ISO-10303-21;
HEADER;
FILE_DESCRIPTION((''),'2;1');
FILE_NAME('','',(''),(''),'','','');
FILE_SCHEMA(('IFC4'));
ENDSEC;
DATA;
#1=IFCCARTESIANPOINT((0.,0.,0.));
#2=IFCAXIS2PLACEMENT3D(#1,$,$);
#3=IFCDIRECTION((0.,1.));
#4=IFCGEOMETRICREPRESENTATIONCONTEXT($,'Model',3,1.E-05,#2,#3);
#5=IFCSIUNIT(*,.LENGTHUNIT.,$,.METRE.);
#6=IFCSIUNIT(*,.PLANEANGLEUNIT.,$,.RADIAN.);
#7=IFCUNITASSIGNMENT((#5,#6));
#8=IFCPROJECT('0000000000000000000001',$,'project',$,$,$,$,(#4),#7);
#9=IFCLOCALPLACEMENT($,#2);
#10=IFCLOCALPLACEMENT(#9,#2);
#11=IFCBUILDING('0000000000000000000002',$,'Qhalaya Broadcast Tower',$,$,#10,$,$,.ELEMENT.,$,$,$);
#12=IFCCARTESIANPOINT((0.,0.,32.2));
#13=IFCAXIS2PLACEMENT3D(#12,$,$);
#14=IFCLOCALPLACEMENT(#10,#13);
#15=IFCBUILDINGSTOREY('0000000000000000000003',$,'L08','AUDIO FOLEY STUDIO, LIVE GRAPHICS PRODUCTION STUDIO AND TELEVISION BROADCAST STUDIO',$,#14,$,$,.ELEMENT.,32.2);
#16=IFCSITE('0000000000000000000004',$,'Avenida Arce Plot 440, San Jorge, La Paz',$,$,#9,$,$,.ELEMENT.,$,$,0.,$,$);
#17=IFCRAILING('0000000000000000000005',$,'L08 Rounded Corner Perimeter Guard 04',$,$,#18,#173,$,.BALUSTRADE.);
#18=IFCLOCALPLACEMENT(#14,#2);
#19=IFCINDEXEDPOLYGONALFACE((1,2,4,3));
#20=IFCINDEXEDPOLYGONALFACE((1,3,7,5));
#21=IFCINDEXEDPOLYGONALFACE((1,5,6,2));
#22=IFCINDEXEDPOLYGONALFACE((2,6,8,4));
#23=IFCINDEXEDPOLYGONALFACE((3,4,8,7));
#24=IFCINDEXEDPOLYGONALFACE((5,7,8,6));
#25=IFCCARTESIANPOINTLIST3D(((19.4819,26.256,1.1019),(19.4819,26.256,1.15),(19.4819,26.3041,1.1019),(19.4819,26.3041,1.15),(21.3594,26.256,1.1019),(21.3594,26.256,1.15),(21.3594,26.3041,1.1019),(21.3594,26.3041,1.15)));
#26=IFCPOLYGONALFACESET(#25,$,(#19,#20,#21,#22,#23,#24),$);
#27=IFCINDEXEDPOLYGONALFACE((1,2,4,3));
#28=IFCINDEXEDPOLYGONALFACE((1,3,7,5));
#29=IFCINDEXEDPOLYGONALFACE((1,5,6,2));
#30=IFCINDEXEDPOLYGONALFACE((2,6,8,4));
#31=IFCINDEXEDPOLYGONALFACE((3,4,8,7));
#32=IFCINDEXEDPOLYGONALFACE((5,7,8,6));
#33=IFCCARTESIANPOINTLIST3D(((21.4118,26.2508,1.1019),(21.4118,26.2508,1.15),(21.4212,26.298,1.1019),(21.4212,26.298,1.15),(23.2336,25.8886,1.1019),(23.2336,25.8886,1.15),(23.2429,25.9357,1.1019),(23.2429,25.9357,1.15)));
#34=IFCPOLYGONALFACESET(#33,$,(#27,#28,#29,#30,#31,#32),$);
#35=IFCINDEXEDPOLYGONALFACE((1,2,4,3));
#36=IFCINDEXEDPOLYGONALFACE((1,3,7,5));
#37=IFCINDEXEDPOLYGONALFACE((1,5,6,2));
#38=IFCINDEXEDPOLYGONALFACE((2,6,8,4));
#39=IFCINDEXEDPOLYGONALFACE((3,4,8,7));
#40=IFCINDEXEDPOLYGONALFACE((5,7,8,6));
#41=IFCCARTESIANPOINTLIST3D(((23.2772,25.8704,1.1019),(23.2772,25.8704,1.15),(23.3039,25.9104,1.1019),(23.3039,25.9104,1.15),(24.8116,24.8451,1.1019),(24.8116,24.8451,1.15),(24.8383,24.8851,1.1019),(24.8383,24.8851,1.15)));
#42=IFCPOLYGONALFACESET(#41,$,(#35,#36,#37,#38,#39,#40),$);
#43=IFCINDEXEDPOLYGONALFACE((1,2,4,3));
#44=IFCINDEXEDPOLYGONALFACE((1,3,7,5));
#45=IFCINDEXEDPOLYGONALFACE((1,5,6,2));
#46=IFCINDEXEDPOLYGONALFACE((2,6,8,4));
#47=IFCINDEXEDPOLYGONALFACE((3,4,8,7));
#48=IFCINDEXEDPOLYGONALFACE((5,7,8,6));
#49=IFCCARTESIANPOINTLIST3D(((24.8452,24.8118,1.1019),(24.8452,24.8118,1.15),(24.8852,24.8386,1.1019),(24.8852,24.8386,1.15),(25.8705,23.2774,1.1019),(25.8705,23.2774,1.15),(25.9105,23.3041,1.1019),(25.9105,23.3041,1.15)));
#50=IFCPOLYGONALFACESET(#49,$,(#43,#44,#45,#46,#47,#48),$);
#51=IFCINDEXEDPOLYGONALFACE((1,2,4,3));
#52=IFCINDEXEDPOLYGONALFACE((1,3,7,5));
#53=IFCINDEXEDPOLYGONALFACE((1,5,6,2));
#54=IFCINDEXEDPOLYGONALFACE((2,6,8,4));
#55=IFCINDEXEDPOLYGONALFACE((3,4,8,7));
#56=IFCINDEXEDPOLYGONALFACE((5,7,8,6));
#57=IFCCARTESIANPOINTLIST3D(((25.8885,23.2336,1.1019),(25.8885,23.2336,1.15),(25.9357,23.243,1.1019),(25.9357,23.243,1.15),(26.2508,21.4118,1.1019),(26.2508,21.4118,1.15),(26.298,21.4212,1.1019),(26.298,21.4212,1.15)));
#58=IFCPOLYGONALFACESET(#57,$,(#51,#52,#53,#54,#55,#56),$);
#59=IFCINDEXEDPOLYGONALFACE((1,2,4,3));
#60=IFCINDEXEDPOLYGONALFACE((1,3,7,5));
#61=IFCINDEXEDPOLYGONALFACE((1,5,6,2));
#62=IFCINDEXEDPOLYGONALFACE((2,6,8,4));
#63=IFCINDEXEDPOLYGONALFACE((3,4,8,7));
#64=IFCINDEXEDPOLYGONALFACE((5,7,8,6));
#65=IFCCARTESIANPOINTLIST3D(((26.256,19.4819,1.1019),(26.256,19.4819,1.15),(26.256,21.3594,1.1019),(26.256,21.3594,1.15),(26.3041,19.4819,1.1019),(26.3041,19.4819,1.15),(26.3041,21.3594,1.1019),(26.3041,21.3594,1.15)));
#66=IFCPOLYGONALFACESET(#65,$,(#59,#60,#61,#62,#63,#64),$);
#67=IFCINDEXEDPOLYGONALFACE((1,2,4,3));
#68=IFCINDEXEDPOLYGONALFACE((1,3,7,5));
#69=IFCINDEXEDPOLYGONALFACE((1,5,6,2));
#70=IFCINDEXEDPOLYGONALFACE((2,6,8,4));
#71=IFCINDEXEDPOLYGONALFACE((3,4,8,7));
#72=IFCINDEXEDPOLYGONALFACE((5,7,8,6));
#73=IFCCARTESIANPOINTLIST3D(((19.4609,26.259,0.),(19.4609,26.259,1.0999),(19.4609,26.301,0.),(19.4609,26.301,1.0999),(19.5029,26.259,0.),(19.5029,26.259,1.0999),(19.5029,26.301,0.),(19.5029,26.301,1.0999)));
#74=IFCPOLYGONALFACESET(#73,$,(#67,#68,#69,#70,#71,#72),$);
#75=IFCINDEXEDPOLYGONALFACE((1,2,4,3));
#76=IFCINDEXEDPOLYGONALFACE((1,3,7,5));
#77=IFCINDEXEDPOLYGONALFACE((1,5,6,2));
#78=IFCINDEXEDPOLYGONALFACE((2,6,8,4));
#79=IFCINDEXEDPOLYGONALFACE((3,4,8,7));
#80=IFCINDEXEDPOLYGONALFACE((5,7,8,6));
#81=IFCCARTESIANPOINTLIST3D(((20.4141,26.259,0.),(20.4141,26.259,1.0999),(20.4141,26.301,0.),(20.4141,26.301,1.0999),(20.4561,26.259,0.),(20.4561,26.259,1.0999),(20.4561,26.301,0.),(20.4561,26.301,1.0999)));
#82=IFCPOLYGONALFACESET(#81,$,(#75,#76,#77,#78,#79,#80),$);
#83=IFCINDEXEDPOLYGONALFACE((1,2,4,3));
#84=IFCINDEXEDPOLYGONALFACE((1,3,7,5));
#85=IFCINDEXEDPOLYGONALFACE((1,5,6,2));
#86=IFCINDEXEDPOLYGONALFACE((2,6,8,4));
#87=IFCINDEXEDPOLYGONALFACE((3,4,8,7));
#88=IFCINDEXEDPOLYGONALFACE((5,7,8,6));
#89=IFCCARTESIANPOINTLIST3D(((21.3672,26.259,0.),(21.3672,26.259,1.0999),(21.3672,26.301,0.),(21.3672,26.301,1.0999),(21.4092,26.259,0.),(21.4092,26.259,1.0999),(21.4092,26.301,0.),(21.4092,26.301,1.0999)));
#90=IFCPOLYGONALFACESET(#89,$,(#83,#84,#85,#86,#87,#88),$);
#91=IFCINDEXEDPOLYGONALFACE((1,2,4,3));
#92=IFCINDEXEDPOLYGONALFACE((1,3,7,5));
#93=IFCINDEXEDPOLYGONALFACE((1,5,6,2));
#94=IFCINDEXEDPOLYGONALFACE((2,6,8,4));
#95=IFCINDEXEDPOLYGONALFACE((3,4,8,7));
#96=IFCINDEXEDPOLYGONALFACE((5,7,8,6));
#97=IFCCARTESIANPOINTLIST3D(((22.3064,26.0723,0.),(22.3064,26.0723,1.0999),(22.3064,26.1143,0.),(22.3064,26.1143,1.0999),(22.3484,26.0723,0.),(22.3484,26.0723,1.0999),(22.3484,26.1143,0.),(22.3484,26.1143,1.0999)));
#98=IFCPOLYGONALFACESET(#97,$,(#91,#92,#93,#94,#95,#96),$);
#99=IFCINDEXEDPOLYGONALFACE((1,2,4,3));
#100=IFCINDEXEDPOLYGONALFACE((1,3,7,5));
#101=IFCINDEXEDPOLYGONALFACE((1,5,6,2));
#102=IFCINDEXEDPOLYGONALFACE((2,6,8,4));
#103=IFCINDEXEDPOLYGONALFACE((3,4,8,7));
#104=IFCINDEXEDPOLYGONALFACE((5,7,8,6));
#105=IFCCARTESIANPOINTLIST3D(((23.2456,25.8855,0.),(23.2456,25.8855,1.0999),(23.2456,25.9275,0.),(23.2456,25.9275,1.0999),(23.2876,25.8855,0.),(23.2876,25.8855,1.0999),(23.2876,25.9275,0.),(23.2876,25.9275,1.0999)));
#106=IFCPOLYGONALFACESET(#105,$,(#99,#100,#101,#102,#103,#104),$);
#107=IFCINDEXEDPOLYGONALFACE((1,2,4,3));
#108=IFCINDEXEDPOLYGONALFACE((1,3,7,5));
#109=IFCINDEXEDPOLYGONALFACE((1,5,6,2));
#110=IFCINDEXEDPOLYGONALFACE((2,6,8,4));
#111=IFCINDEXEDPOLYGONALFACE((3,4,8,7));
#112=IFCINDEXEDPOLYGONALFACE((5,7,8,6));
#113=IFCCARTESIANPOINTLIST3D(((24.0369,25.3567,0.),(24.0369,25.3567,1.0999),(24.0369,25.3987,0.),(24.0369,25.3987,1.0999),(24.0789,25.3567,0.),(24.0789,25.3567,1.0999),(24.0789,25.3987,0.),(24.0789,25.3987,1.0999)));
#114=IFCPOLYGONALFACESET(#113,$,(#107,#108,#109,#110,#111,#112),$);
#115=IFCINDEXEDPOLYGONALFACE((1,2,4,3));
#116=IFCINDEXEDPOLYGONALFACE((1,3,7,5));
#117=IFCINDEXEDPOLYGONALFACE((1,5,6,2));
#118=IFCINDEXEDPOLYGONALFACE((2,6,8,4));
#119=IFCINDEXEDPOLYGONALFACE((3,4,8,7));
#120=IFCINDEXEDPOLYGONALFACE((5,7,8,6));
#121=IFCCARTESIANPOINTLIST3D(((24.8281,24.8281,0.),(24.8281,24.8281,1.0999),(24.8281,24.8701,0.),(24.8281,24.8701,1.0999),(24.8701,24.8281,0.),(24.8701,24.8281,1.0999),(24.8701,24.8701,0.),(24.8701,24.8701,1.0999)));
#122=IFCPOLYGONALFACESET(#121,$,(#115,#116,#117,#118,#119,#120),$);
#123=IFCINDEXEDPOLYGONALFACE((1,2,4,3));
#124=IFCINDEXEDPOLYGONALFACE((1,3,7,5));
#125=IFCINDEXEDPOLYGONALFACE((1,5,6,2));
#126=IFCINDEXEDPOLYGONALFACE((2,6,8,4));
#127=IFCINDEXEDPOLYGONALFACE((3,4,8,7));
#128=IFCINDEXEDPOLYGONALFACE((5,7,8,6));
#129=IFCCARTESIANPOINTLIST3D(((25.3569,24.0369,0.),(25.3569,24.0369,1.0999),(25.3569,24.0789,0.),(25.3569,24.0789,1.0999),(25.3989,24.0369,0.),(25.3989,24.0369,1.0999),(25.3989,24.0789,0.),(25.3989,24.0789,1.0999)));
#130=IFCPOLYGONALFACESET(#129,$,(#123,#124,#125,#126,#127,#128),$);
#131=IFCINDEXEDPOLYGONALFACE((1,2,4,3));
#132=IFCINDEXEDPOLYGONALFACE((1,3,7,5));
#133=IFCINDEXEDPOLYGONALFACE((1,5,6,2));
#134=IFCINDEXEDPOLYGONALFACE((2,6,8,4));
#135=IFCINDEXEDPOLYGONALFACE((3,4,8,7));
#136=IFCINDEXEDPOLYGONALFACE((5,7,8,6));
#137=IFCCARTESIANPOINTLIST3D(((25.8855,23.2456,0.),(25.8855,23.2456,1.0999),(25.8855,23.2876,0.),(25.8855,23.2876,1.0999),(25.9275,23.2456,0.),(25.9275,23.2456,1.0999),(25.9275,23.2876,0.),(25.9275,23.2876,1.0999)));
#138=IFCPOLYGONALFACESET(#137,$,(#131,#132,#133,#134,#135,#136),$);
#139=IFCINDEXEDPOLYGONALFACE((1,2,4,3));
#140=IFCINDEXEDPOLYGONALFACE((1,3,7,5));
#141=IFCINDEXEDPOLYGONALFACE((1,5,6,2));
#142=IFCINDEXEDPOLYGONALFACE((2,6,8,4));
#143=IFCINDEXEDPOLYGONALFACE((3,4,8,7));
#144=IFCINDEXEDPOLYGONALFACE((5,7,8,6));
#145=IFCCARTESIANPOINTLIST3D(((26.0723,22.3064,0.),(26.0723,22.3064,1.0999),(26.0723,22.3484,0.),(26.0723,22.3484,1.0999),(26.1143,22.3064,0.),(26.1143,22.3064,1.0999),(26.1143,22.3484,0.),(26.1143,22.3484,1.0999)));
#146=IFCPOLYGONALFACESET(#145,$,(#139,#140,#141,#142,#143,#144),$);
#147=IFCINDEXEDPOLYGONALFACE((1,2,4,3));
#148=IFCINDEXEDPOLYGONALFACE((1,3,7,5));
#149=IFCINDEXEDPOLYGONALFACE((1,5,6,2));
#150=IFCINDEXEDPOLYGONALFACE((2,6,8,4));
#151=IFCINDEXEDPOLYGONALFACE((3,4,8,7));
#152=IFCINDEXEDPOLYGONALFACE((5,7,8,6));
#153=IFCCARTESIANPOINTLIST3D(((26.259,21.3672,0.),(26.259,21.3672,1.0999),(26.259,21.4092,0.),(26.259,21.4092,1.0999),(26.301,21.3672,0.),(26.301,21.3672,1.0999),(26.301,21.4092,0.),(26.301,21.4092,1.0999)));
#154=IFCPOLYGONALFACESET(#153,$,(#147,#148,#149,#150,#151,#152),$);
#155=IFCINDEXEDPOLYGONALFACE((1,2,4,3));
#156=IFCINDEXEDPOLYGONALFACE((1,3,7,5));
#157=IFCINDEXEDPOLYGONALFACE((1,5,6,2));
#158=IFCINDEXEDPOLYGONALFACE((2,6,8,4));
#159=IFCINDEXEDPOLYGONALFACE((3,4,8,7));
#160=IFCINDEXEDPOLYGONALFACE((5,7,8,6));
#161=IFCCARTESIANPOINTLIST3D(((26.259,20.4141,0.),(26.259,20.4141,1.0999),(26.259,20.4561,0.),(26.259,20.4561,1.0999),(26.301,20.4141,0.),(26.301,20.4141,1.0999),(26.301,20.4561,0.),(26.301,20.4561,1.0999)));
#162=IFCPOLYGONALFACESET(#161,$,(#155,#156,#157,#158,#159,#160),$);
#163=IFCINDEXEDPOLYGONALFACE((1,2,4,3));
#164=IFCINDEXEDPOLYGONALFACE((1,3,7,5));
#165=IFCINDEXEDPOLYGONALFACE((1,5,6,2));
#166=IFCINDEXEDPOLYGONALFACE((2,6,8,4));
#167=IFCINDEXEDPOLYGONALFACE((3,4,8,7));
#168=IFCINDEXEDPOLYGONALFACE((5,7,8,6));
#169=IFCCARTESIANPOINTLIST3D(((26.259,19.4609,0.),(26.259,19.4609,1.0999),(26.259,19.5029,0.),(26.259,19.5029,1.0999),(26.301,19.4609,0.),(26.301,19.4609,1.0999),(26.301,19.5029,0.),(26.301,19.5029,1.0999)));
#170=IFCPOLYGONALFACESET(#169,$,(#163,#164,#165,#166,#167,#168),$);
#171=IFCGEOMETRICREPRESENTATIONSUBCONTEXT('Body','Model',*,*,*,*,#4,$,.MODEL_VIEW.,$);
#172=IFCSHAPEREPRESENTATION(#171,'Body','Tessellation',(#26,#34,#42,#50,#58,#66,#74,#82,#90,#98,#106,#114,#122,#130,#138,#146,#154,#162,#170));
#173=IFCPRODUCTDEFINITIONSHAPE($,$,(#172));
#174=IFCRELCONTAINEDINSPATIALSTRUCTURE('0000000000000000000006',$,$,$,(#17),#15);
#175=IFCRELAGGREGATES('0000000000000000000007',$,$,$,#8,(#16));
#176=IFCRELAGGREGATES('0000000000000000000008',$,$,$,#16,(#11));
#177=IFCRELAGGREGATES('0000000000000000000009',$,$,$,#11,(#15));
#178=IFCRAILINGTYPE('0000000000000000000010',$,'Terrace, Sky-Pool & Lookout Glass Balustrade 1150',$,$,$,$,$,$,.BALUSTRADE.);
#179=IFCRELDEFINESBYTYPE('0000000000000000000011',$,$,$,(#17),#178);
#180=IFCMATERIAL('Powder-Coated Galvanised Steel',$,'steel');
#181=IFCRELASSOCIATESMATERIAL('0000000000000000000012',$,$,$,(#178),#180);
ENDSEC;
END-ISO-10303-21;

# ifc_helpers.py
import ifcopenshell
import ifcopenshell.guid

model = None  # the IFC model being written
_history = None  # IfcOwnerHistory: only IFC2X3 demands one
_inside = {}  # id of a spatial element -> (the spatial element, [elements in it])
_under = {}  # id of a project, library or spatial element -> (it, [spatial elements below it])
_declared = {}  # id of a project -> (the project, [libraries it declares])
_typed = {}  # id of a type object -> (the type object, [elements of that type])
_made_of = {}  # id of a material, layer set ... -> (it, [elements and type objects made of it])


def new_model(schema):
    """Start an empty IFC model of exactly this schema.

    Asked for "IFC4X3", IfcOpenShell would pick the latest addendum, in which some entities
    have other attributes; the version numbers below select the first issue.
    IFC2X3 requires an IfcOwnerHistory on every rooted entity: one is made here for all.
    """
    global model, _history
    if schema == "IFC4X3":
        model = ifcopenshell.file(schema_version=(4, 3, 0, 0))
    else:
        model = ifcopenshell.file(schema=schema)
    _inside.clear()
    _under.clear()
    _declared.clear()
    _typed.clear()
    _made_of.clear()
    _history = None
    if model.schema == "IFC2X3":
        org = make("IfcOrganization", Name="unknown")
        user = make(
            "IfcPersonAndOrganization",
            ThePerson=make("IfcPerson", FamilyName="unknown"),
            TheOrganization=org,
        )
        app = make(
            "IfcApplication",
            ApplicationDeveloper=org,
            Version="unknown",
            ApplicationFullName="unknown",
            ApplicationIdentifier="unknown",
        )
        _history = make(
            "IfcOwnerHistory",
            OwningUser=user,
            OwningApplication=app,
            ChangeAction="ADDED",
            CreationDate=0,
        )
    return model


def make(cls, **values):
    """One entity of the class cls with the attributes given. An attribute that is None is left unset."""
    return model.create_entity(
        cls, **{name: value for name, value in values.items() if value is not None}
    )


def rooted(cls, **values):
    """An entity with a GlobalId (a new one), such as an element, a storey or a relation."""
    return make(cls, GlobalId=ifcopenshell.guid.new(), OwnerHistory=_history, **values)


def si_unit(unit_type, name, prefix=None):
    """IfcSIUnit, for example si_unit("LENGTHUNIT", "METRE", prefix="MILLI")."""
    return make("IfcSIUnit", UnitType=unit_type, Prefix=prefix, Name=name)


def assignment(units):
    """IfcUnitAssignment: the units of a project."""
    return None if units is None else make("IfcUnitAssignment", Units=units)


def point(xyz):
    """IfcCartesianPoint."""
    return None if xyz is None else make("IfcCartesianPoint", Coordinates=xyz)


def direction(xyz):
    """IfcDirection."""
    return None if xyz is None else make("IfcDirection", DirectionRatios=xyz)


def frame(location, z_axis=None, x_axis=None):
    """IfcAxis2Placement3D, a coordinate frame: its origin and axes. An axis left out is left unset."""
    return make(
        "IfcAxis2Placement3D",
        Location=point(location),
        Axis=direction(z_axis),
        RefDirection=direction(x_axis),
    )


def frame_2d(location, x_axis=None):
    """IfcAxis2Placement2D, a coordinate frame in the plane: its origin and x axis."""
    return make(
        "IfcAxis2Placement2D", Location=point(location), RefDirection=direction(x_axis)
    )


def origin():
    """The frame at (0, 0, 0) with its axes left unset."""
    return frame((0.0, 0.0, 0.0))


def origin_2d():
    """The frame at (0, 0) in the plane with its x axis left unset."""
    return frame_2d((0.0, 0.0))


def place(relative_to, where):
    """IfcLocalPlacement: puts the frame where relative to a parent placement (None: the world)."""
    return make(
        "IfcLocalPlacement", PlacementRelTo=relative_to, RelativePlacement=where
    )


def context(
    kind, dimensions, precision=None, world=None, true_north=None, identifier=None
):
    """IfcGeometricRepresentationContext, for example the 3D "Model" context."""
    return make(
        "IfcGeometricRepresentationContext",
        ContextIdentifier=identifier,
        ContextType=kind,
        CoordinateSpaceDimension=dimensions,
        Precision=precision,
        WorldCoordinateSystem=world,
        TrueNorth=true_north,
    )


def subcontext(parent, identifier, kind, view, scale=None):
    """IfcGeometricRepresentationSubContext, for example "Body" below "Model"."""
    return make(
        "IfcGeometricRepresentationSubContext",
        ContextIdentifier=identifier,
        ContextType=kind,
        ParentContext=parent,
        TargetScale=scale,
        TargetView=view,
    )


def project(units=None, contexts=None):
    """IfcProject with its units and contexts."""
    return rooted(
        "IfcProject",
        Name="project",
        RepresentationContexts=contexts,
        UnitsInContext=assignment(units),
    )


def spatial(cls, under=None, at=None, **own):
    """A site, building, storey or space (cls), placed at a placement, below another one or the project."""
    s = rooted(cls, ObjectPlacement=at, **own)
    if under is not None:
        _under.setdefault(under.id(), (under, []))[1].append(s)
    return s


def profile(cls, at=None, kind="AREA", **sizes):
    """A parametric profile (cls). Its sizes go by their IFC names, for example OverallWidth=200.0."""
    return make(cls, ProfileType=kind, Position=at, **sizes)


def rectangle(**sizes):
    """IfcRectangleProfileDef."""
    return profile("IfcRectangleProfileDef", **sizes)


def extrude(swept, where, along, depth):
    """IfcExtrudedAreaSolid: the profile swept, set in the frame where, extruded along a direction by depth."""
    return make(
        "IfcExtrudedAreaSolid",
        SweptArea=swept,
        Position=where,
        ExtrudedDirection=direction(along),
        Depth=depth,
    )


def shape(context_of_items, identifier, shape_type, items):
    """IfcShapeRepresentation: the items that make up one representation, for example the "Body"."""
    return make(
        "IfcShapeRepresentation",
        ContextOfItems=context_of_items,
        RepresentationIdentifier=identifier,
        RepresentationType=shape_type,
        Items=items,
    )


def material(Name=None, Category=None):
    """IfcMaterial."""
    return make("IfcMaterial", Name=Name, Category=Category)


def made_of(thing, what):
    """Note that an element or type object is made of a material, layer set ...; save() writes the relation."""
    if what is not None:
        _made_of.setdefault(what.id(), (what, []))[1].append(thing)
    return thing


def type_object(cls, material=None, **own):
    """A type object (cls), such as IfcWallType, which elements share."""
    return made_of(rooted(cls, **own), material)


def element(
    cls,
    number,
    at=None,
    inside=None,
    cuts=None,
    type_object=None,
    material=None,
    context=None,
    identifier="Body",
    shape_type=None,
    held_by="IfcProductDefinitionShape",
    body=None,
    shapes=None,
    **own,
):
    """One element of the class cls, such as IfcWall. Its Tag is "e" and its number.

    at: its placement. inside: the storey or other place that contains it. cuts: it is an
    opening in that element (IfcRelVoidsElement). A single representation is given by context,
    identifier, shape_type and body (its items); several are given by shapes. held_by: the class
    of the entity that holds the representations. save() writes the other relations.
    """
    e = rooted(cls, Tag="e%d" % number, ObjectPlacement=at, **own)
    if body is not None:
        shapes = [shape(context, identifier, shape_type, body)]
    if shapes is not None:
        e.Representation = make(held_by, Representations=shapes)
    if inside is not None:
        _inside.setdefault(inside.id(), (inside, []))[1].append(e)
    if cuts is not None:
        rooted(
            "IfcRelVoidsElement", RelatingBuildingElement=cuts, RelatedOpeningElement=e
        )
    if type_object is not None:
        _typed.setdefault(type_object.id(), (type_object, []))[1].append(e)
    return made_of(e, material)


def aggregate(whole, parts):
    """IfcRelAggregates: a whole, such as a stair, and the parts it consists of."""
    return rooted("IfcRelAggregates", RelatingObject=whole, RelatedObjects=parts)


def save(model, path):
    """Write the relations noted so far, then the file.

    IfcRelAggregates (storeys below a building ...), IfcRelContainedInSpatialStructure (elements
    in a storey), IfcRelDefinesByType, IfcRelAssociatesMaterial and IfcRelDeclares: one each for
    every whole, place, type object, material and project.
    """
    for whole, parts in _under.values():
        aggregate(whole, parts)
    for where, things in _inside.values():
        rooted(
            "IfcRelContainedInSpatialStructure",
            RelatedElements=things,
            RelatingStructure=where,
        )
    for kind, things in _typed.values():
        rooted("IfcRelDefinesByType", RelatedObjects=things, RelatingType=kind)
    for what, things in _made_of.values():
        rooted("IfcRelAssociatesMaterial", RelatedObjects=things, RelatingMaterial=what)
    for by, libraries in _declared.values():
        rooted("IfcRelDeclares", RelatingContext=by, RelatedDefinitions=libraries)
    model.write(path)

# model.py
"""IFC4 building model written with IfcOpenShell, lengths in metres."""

from ifc_helpers import new_model, si_unit, direction, frame, origin, origin_2d, place, context, subcontext, project, spatial, rectangle, extrude, material, type_object, element, save


model = new_model("IFC4")

# Units and contexts
model_context = context("Model", 3, precision=1e-05, world=origin(), true_north=direction((0.0, 1.0)))
body_context = subcontext(model_context, "Body", "Model", "MODEL_VIEW")
ifc_project = project(units=[si_unit("LENGTHUNIT", "METRE"), si_unit("PLANEANGLEUNIT", "RADIAN")], contexts=[model_context])

# Site, building, storey
site_placement = place(None, origin())
site = spatial("IfcSite", under=ifc_project, at=site_placement, Name="Avenida Arce Plot 440, San Jorge, La Paz", CompositionType="ELEMENT", RefElevation=0.0)
building_placement = place(site_placement, origin())
building = spatial("IfcBuilding", under=site, at=building_placement, Name="Qhalaya Broadcast Tower", CompositionType="ELEMENT")
storey_placement = place(building_placement, frame((0.0, 0.0, 32.2)))
storey = spatial("IfcBuildingStorey", under=building, at=storey_placement, Name="L08", Description="AUDIO FOLEY STUDIO, LIVE GRAPHICS PRODUCTION STUDIO AND TELEVISION BROADCAST STUDIO", CompositionType="ELEMENT", Elevation=32.2)

# Railing
ifc_material_1 = material(Name="Powder-Coated Galvanised Steel", Category="steel")
railing_type = type_object("IfcRailingType", Name="Terrace, Sky-Pool & Lookout Glass Balustrade 1150", PredefinedType="BALUSTRADE", material=ifc_material_1)
railing_placement = place(storey_placement, frame((19.4819, 26.28, 0.0)))
element("IfcRailing", 1, at=railing_placement, inside=storey, type_object=railing_type, Name="L08 Rounded Corner Perimeter Guard 04", PredefinedType="BALUSTRADE", context=body_context, shape_type="SweptSolid", body=[
    extrude(rectangle(XDim=0.0481, YDim=0.0481, at=origin_2d()), frame((0.0, 0.0, 1.126), z_axis=(1.0, 0.0, 0.0), x_axis=(0.0, 1.0, 0.0)), (0.0, 0.0, 1.0), 1.8774),
    extrude(rectangle(XDim=0.0481, YDim=0.0481, at=origin_2d()), frame((1.9346, -0.0056, 1.126), z_axis=(0.980796, -0.195037, 0.0), x_axis=(0.195037, 0.980796, 0.0)), (0.0, 0.0, 1.0), 1.8574),
    extrude(rectangle(XDim=0.0481, YDim=0.0481, at=origin_2d()), frame((3.8086, -0.3896, 1.126), z_axis=(0.831478, -0.555558, 0.0), x_axis=(0.555558, 0.831478, 0.0)), (0.0, 0.0, 1.0), 1.8455),
    extrude(rectangle(XDim=0.0481, YDim=0.0481, at=origin_2d()), frame((5.3833, -1.4548, 1.126), z_axis=(0.555558, -0.831478, 0.0), x_axis=(0.831478, 0.555558, 0.0)), (0.0, 0.0, 1.0), 1.8455),
    extrude(rectangle(XDim=0.0481, YDim=0.0481, at=origin_2d()), frame((6.4302, -3.0417, 1.126), z_axis=(0.195037, -0.980796, 0.0), x_axis=(0.980796, 0.195037, 0.0)), (0.0, 0.0, 1.0), 1.8574),
    extrude(rectangle(XDim=0.0481, YDim=0.0481, at=origin_2d()), frame((6.7981, -4.9207, 1.126), z_axis=(0.0, -1.0, 0.0), x_axis=(1.0, 0.0, 0.0)), (0.0, 0.0, 1.0), 1.8774),
    extrude(rectangle(XDim=0.042, YDim=0.042, at=origin_2d()), origin(), (0.0, 0.0, 1.0), 1.0999),
    extrude(rectangle(XDim=0.042, YDim=0.042, at=origin_2d()), frame((0.9531, 0.0, 0.0)), (0.0, 0.0, 1.0), 1.0999),
    extrude(rectangle(XDim=0.042, YDim=0.042, at=origin_2d()), frame((1.9062, 0.0, 0.0)), (0.0, 0.0, 1.0), 1.0999),
    extrude(rectangle(XDim=0.042, YDim=0.042, at=origin_2d()), frame((2.8455, -0.1868, 0.0)), (0.0, 0.0, 1.0), 1.0999),
    extrude(rectangle(XDim=0.042, YDim=0.042, at=origin_2d()), frame((3.7847, -0.3735, 0.0)), (0.0, 0.0, 1.0), 1.0999),
    extrude(rectangle(XDim=0.042, YDim=0.042, at=origin_2d()), frame((4.5759, -0.9023, 0.0)), (0.0, 0.0, 1.0), 1.0999),
    extrude(rectangle(XDim=0.042, YDim=0.042, at=origin_2d()), frame((5.3672, -1.4309, 0.0)), (0.0, 0.0, 1.0), 1.0999),
    extrude(rectangle(XDim=0.042, YDim=0.042, at=origin_2d()), frame((5.896, -2.2222, 0.0)), (0.0, 0.0, 1.0), 1.0999),
    extrude(rectangle(XDim=0.042, YDim=0.042, at=origin_2d()), frame((6.4246, -3.0134, 0.0)), (0.0, 0.0, 1.0), 1.0999),
    extrude(rectangle(XDim=0.042, YDim=0.042, at=origin_2d()), frame((6.6113, -3.9526, 0.0)), (0.0, 0.0, 1.0), 1.0999),
    extrude(rectangle(XDim=0.042, YDim=0.042, at=origin_2d()), frame((6.7981, -4.8918, 0.0)), (0.0, 0.0, 1.0), 1.0999),
    extrude(rectangle(XDim=0.042, YDim=0.042, at=origin_2d()), frame((6.7981, -5.845, 0.0)), (0.0, 0.0, 1.0), 1.0999),
    extrude(rectangle(XDim=0.042, YDim=0.042, at=origin_2d()), frame((6.7981, -6.7981, 0.0)), (0.0, 0.0, 1.0), 1.0999),
])

save(model, "model.ifc")
